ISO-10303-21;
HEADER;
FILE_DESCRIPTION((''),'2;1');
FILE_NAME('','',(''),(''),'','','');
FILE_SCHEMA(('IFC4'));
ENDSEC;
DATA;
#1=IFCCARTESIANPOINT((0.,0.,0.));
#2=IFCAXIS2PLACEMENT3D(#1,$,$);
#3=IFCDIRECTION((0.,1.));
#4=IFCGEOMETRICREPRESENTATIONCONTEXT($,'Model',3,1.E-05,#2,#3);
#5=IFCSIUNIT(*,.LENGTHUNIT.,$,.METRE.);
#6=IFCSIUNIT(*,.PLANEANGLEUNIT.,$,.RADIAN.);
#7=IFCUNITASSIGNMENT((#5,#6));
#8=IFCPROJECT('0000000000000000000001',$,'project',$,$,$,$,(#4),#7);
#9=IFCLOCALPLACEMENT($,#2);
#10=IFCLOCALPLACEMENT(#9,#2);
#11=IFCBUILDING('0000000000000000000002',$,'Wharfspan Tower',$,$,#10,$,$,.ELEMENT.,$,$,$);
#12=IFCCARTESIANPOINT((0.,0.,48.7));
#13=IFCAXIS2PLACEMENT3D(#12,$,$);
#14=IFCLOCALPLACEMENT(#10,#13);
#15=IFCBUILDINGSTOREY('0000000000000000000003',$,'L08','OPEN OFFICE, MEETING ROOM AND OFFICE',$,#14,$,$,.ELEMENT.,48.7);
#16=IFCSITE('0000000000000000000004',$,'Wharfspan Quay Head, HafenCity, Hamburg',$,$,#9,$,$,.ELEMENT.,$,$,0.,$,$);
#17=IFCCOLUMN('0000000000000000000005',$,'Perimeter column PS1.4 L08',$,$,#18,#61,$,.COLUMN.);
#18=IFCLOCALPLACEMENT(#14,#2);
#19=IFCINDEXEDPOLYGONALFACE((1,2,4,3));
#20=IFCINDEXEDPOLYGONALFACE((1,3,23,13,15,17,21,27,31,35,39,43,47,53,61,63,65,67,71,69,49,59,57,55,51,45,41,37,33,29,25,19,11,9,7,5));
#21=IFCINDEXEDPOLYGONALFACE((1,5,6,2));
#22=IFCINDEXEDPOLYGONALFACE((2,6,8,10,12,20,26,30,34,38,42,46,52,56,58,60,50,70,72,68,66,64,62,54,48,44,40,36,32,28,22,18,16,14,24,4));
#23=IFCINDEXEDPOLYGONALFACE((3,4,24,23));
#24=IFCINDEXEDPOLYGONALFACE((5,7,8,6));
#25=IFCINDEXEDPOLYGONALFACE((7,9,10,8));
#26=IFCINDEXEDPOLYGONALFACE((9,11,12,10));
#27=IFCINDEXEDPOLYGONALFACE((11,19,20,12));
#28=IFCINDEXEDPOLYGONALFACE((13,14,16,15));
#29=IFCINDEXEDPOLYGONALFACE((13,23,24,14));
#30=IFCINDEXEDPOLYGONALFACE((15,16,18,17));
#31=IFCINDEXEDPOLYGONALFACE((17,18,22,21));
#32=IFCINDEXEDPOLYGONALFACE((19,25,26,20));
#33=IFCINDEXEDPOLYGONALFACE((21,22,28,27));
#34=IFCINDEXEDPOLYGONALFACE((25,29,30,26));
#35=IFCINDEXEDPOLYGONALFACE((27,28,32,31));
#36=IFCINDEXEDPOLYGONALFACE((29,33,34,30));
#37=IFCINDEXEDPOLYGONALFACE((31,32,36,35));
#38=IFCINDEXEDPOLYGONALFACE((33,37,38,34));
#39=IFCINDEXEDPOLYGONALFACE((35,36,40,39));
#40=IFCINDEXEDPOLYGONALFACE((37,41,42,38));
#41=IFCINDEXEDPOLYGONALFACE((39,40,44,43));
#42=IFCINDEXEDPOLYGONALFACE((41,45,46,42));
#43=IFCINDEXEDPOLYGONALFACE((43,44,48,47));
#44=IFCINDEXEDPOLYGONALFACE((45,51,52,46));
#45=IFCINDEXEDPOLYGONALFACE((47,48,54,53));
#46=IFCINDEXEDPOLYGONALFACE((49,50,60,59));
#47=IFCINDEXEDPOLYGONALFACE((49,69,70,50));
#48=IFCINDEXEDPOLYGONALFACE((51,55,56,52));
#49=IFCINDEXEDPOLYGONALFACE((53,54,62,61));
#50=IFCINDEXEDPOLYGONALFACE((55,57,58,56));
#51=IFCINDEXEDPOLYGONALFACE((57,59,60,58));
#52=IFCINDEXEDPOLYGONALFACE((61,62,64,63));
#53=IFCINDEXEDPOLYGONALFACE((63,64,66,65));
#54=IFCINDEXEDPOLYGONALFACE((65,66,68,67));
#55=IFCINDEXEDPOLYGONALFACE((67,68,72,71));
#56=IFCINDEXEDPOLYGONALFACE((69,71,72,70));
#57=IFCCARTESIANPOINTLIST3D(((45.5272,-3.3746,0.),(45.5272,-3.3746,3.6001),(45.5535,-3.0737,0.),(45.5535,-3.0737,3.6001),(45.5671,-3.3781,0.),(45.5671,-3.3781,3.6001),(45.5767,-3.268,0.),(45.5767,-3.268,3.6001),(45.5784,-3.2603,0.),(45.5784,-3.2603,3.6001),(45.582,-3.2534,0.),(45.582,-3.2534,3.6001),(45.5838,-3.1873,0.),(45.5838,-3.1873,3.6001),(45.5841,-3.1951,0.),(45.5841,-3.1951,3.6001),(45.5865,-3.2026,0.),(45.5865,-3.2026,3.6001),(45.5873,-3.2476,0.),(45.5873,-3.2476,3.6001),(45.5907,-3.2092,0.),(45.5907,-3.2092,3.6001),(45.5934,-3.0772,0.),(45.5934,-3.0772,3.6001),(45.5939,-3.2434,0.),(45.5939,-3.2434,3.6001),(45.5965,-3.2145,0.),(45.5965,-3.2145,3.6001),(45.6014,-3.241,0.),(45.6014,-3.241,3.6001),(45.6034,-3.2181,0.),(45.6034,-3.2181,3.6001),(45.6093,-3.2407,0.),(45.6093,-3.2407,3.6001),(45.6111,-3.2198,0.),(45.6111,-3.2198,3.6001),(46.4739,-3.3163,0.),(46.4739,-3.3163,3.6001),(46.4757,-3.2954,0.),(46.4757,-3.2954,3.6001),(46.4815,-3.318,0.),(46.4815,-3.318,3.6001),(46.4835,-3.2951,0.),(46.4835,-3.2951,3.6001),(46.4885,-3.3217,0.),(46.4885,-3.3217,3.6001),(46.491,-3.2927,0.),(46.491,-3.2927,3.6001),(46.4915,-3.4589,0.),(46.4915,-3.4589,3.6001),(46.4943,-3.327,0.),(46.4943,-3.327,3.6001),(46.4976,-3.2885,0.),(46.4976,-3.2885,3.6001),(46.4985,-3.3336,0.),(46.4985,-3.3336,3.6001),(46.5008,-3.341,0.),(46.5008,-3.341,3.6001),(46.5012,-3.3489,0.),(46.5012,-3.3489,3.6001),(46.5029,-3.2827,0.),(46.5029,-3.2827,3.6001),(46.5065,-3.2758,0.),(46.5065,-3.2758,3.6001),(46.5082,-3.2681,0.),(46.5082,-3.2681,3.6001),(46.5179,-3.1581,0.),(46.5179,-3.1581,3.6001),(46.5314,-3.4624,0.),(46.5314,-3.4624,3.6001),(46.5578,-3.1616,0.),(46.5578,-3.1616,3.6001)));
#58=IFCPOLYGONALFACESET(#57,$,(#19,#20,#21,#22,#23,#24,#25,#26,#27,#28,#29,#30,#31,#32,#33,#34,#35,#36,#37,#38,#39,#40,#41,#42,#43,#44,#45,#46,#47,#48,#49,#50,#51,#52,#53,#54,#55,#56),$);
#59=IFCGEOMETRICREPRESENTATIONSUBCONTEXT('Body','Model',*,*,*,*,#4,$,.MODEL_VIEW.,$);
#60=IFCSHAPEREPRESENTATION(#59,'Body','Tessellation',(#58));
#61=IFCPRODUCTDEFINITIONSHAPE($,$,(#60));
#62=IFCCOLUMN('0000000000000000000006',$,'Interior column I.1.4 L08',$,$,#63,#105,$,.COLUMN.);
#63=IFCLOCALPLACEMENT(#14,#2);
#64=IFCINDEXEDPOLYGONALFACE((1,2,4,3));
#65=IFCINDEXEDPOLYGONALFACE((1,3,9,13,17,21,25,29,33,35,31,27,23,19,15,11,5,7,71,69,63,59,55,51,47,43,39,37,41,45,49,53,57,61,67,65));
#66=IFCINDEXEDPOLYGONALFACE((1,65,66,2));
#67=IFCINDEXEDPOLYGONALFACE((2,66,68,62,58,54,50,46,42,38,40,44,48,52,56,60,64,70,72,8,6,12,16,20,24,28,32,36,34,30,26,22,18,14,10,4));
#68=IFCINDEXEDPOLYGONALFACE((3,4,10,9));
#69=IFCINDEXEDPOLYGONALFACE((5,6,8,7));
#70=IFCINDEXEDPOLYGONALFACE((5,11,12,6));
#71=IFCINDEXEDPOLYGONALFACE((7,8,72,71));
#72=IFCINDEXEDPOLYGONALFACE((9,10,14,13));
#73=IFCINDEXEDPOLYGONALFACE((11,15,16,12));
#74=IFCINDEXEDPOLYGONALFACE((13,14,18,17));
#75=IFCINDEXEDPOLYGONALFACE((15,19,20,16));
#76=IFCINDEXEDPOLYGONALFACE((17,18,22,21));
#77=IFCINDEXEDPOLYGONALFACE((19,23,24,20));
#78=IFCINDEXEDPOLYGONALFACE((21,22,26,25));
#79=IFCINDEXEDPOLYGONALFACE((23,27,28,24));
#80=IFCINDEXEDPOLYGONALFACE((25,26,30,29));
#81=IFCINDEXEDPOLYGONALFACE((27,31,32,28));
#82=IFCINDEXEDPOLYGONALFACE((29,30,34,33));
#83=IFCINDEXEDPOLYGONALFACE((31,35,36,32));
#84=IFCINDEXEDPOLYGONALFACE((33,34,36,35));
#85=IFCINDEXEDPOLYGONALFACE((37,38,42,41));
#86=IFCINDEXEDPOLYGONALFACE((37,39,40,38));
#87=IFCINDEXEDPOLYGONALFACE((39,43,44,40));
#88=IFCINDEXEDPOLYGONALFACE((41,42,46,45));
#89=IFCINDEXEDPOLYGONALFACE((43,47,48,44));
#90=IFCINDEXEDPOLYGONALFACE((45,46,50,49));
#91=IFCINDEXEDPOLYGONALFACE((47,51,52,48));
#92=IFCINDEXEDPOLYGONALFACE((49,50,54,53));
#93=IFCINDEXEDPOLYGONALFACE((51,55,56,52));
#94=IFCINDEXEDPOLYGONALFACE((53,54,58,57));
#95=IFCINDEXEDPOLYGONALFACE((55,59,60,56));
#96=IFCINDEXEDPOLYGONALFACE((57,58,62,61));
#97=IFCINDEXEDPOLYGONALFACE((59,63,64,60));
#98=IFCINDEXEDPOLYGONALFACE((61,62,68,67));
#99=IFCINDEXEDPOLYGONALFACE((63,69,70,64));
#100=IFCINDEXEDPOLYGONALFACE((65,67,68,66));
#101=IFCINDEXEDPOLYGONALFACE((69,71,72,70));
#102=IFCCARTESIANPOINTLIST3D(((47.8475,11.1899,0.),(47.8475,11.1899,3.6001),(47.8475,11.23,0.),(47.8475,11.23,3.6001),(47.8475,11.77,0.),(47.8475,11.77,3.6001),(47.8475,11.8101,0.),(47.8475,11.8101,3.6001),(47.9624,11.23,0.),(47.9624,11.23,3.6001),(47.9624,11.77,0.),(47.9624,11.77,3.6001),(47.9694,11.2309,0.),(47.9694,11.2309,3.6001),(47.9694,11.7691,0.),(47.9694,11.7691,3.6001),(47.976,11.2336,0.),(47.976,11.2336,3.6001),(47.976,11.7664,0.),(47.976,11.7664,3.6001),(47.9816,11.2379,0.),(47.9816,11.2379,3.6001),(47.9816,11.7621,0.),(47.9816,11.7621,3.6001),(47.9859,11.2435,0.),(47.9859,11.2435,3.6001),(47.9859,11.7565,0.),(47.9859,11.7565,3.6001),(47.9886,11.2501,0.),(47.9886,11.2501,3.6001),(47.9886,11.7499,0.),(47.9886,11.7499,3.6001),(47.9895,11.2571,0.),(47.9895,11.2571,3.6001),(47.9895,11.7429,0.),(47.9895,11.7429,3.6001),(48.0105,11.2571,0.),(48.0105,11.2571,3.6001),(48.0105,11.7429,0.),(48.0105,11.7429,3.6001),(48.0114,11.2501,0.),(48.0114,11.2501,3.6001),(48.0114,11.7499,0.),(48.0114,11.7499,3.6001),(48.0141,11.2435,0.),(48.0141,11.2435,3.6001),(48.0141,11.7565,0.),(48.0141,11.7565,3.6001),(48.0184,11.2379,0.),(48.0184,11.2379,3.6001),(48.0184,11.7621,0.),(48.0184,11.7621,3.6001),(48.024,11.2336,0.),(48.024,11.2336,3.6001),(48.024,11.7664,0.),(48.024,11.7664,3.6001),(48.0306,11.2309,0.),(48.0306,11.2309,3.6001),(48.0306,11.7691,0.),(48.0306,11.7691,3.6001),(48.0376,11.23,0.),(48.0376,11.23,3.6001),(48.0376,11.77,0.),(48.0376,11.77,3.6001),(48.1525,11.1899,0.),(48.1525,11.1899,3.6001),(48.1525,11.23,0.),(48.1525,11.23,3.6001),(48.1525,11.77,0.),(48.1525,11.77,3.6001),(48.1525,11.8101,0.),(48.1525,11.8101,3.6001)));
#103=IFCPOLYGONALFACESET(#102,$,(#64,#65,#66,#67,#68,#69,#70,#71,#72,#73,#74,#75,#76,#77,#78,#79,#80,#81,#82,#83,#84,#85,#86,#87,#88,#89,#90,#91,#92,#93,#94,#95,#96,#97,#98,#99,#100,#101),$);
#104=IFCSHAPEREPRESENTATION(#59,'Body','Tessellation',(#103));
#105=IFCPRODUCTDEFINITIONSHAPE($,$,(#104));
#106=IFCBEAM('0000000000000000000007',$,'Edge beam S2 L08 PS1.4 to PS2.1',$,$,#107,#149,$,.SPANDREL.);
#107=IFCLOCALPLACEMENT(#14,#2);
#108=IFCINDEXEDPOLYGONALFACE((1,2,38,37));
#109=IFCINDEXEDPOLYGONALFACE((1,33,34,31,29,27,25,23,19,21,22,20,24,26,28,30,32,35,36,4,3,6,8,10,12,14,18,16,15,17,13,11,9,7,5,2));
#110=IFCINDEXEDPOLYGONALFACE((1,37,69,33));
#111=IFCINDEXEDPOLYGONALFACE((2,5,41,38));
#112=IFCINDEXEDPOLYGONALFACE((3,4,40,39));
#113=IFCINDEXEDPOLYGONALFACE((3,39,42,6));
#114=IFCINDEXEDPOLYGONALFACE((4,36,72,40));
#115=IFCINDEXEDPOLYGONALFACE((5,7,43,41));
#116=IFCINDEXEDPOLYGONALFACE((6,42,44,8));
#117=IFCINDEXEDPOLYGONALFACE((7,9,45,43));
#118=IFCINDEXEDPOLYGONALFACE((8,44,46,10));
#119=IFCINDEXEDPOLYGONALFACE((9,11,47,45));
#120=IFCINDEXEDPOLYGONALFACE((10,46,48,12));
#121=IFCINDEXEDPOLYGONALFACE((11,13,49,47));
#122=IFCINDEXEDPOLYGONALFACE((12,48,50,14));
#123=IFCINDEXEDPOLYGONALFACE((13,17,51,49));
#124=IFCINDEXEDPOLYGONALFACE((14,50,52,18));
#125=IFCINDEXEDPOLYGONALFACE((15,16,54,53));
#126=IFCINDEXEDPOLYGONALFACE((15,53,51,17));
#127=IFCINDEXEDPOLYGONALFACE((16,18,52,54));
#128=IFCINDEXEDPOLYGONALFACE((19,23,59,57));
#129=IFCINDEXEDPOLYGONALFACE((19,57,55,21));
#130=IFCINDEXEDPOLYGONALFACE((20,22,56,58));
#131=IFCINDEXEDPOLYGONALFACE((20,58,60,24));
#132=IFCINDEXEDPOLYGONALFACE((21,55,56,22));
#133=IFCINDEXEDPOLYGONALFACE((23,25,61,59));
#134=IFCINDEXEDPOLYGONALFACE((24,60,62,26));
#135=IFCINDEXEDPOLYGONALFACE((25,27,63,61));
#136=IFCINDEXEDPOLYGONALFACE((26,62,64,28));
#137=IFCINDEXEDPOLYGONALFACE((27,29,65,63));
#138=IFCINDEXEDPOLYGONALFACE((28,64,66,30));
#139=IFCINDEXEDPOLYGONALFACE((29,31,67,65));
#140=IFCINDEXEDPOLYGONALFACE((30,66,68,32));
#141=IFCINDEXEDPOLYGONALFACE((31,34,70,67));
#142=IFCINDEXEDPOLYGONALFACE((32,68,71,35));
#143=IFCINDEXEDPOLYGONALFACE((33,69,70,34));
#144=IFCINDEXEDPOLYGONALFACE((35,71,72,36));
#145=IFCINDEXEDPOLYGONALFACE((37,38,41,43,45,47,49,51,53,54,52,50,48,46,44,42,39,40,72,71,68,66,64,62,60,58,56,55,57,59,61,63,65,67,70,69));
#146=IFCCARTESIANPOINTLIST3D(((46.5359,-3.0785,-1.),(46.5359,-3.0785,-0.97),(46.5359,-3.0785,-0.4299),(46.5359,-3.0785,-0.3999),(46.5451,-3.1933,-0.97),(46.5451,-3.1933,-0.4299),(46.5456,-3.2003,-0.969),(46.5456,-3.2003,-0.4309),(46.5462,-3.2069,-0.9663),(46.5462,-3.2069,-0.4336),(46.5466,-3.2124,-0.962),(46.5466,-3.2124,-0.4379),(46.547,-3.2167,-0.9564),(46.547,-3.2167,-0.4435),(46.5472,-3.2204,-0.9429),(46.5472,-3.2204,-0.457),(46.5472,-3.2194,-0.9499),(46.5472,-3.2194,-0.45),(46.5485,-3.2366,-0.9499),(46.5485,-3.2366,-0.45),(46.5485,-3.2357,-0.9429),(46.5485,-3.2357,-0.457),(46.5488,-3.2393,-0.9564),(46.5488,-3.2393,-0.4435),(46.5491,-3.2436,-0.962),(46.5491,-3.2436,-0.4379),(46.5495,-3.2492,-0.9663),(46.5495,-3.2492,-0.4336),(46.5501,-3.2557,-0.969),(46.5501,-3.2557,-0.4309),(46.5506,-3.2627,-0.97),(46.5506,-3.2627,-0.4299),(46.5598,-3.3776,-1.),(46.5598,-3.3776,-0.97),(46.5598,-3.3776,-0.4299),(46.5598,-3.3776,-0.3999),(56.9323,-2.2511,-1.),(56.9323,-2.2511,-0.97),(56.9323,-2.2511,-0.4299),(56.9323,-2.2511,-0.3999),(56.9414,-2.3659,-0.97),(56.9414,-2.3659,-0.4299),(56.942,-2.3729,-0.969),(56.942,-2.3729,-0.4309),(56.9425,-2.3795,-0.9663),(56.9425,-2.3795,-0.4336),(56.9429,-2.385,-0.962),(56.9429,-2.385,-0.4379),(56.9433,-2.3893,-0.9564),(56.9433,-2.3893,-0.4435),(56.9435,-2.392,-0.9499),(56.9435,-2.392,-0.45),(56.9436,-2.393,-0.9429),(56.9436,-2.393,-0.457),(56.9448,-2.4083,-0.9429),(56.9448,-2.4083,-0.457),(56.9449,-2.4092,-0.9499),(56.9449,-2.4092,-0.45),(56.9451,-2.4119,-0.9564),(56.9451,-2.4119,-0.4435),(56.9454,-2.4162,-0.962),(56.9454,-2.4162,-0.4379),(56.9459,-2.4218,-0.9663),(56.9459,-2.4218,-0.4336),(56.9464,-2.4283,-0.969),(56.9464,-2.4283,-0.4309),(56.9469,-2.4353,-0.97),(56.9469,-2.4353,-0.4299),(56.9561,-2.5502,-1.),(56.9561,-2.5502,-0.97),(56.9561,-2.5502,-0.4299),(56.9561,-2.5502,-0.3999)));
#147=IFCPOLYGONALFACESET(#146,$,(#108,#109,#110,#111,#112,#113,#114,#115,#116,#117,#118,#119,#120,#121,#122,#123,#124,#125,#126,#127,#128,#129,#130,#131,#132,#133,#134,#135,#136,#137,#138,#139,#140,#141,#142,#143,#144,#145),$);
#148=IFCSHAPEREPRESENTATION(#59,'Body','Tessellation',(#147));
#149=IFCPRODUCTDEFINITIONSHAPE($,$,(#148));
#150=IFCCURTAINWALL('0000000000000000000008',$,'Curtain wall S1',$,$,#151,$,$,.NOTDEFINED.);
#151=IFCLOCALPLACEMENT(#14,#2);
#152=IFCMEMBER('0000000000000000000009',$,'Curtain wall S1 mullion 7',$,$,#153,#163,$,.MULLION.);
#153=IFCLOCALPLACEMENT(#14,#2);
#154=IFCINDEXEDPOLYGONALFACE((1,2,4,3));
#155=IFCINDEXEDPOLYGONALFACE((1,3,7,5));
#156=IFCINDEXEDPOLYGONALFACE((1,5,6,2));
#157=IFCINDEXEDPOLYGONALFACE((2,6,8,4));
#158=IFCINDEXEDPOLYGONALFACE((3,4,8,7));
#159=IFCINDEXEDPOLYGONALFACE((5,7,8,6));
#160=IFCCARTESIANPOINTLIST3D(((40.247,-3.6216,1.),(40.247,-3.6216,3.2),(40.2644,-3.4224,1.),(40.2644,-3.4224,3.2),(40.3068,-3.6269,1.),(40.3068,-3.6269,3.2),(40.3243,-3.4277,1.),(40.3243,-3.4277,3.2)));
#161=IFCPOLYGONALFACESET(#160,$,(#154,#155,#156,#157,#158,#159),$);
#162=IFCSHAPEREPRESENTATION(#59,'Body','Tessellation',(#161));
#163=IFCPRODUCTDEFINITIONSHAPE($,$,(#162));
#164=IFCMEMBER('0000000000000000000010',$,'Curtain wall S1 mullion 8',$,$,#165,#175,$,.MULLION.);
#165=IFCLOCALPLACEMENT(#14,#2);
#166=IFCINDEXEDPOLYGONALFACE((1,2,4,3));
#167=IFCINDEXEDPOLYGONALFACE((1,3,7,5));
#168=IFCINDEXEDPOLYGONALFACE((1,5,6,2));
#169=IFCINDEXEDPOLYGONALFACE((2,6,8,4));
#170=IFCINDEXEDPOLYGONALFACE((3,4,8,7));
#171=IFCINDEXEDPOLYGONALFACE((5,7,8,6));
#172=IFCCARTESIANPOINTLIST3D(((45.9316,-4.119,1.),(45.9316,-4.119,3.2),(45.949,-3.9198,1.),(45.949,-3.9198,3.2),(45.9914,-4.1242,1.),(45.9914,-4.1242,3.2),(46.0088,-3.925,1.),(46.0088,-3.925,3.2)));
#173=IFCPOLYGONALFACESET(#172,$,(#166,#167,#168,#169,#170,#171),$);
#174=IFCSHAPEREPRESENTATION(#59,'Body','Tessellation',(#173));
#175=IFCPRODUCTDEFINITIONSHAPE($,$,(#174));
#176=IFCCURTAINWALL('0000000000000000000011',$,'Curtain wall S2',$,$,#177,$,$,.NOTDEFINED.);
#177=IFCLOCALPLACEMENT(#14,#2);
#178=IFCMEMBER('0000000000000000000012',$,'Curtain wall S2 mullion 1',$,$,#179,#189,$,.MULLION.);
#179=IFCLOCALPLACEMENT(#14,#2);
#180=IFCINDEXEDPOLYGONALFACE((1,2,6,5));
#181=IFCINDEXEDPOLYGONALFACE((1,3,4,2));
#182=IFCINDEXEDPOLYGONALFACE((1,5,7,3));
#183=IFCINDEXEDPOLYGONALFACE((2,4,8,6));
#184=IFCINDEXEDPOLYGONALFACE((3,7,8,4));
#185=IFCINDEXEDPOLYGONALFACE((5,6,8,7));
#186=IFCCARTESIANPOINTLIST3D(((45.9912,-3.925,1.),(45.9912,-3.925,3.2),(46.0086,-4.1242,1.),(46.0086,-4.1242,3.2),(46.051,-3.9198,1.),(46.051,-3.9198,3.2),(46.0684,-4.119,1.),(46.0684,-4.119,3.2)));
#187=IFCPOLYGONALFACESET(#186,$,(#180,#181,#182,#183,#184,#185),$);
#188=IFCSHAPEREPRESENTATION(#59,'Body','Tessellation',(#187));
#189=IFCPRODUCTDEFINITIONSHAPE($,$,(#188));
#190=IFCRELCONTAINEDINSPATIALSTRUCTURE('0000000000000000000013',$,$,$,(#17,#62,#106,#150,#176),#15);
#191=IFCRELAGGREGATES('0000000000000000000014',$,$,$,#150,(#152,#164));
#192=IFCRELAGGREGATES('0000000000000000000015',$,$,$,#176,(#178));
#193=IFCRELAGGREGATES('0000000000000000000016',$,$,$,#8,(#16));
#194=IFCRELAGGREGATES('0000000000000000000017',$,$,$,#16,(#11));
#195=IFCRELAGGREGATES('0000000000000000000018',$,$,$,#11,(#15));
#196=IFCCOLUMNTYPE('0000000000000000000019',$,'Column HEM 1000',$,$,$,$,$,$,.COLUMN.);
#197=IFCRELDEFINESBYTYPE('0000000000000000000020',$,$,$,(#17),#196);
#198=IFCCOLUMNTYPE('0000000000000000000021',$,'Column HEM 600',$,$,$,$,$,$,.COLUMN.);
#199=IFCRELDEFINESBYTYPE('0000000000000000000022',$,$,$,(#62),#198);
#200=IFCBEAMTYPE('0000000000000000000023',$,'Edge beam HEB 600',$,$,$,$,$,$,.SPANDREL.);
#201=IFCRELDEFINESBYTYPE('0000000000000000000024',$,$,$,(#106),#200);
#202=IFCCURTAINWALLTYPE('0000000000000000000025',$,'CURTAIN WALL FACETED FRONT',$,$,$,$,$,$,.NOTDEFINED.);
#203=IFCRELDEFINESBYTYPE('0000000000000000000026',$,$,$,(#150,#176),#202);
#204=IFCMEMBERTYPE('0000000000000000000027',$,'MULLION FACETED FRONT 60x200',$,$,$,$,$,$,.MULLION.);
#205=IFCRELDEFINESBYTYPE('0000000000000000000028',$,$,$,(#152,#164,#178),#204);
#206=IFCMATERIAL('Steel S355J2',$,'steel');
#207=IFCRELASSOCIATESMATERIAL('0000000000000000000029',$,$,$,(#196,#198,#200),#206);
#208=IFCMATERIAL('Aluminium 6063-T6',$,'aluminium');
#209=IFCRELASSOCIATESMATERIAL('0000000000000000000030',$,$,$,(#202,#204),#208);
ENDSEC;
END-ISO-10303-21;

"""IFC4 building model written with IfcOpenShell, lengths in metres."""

from ifc_helpers import new_model, si_unit, direction, frame, origin, origin_2d, place, context, subcontext, project, spatial, rectangle, i_section, extrude, material, material_profile, profile_set, type_object, element, aggregate, save


model = new_model("IFC4")

# Units and contexts
model_context = context("Model", 3, precision=1e-05, world=origin(), true_north=direction((0.0, 1.0)))
body_context = subcontext(model_context, "Body", "Model", "MODEL_VIEW")
ifc_project = project(units=[si_unit("LENGTHUNIT", "METRE"), si_unit("PLANEANGLEUNIT", "RADIAN")], contexts=[model_context])

# Site, building, storey
site_placement = place(None, origin())
site = spatial("IfcSite", under=ifc_project, at=site_placement, Name="Wharfspan Quay Head, HafenCity, Hamburg", CompositionType="ELEMENT", RefElevation=0.0)
building_placement = place(site_placement, origin())
building = spatial("IfcBuilding", under=site, at=building_placement, Name="Wharfspan Tower", CompositionType="ELEMENT")
storey_placement = place(building_placement, frame((0.0, 0.0, 48.7)))
storey = spatial("IfcBuildingStorey", under=building, at=storey_placement, Name="L08", Description="OPEN OFFICE, MEETING ROOM AND OFFICE", CompositionType="ELEMENT", Elevation=48.7)

# Columns
ifc_material_1 = material(Name="Steel S355J2", Category="steel")
ifc_material_profile_1 = material_profile(ifc_material_1, i_section(OverallWidth=0.302, OverallDepth=1.0081, WebThickness=0.021, FlangeThickness=0.04, FilletRadius=0.03, at=origin_2d()))
ifc_profile_set_1 = profile_set([ifc_material_profile_1], Name="Steel S355J2")
column_type_1 = type_object("IfcColumnType", Name="Column HEM 1000", PredefinedType="COLUMN", material=ifc_profile_set_1)
column_1_placement = place(storey_placement, frame((46.0425, -3.2681, 0.0), z_axis=(0.0, 0.0, 1.0), x_axis=(-0.087156, -0.996198, 0.0)))
element("IfcColumn", 1, at=column_1_placement, inside=storey, type_object=column_type_1, Name="Perimeter column PS1.4 L08", PredefinedType="COLUMN", context=body_context, shape_type="SweptSolid", body=[
    extrude(i_section(OverallWidth=0.302, OverallDepth=1.0081, WebThickness=0.021, FlangeThickness=0.04, FilletRadius=0.03, at=origin_2d()), origin(), (0.0, 0.0, 1.0), 3.6001),
])
ifc_material_profile_2 = material_profile(ifc_material_1, i_section(OverallWidth=0.3049, OverallDepth=0.6201, WebThickness=0.021, FlangeThickness=0.04, FilletRadius=0.0271, at=origin_2d()))
ifc_profile_set_2 = profile_set([ifc_material_profile_2], Name="Steel S355J2")
column_type_2 = type_object("IfcColumnType", Name="Column HEM 600", PredefinedType="COLUMN", material=ifc_profile_set_2)
column_2_placement = place(storey_placement, frame((48.0, 11.5, 0.0), z_axis=(0.0, 0.0, 1.0), x_axis=(1.0, 0.0, 0.0)))
element("IfcColumn", 2, at=column_2_placement, inside=storey, type_object=column_type_2, Name="Interior column I.1.4 L08", PredefinedType="COLUMN", context=body_context, shape_type="SweptSolid", body=[
    extrude(i_section(OverallWidth=0.3049, OverallDepth=0.6201, WebThickness=0.021, FlangeThickness=0.04, FilletRadius=0.0271, at=origin_2d()), origin(), (0.0, 0.0, 1.0), 3.6001),
])

# Beam
ifc_material_profile_3 = material_profile(ifc_material_1, i_section(OverallWidth=0.3, OverallDepth=0.6001, WebThickness=0.0154, FlangeThickness=0.03, FilletRadius=0.0271, at=origin_2d()))
ifc_profile_set_3 = profile_set([ifc_material_profile_3], Name="Steel S355J2")
beam_type = type_object("IfcBeamType", Name="Edge beam HEB 600", PredefinedType="SPANDREL", material=ifc_profile_set_3)
beam_placement = place(storey_placement, frame((46.5479, -3.228, -0.7), z_axis=(0.996848, 0.079335, 0.0), x_axis=(-0.079335, 0.996848, 0.0)))
element("IfcBeam", 3, at=beam_placement, inside=storey, type_object=beam_type, Name="Edge beam S2 L08 PS1.4 to PS2.1", PredefinedType="SPANDREL", context=body_context, shape_type="SweptSolid", body=[
    extrude(i_section(OverallWidth=0.3, OverallDepth=0.6001, WebThickness=0.0154, FlangeThickness=0.03, FilletRadius=0.0271, at=origin_2d()), origin(), (0.0, 0.0, 1.0), 10.4292),
])

# Curtain wall, members
ifc_material_2 = material(Name="Aluminium 6063-T6", Category="aluminium")
curtain_wall_type = type_object("IfcCurtainWallType", Name="CURTAIN WALL FACETED FRONT", PredefinedType="NOTDEFINED", material=ifc_material_2)
curtain_wall_1_placement = place(storey_placement, origin())
curtain_wall_1 = element("IfcCurtainWall", 4, at=curtain_wall_1_placement, inside=storey, type_object=curtain_wall_type, Name="Curtain wall S1", PredefinedType="NOTDEFINED")
ifc_material_profile_4 = material_profile(ifc_material_2, rectangle(XDim=0.2, YDim=0.0601, at=origin_2d()))
ifc_profile_set_4 = profile_set([ifc_material_profile_4], Name="Aluminium 6063-T6")
member_type_1 = type_object("IfcMemberType", Name="MULLION FACETED FRONT 60x200", PredefinedType="MULLION", material=ifc_profile_set_4)
member_1_placement = place(storey_placement, frame((40.2856, -3.5247, 1.0), z_axis=(0.0, 0.0, 1.0), x_axis=(0.087156, 0.996197, 0.0)))
member_1 = element("IfcMember", 5, at=member_1_placement, type_object=member_type_1, Name="Curtain wall S1 mullion 7", PredefinedType="MULLION", context=body_context, shape_type="SweptSolid", body=[
    extrude(rectangle(XDim=0.2, YDim=0.0601, at=origin_2d()), origin(), (0.0, 0.0, 1.0), 2.2),
])
member_2_placement = place(storey_placement, frame((45.9702, -4.022, 1.0), z_axis=(0.0, 0.0, 1.0), x_axis=(0.087156, 0.996197, 0.0)))
member_2 = element("IfcMember", 6, at=member_2_placement, type_object=member_type_1, Name="Curtain wall S1 mullion 8", PredefinedType="MULLION", context=body_context, shape_type="SweptSolid", body=[
    extrude(rectangle(XDim=0.2, YDim=0.0601, at=origin_2d()), origin(), (0.0, 0.0, 1.0), 2.2),
])

# Curtain wall, member
curtain_wall_2_placement = place(storey_placement, origin())
curtain_wall_2 = element("IfcCurtainWall", 7, at=curtain_wall_2_placement, inside=storey, type_object=curtain_wall_type, Name="Curtain wall S2", PredefinedType="NOTDEFINED")
member_3_placement = place(storey_placement, frame((46.0298, -4.022, 1.0), z_axis=(0.0, 0.0, 1.0), x_axis=(-0.087156, 0.996197, 0.0)))
member_3 = element("IfcMember", 8, at=member_3_placement, type_object=member_type_1, Name="Curtain wall S2 mullion 1", PredefinedType="MULLION", context=body_context, shape_type="SweptSolid", body=[
    extrude(rectangle(XDim=0.2, YDim=0.0601, at=origin_2d()), origin(), (0.0, 0.0, 1.0), 2.2),
])

aggregate(curtain_wall_1, [member_1, member_2])
aggregate(curtain_wall_2, [member_3])

save(model, "model.ifc")
